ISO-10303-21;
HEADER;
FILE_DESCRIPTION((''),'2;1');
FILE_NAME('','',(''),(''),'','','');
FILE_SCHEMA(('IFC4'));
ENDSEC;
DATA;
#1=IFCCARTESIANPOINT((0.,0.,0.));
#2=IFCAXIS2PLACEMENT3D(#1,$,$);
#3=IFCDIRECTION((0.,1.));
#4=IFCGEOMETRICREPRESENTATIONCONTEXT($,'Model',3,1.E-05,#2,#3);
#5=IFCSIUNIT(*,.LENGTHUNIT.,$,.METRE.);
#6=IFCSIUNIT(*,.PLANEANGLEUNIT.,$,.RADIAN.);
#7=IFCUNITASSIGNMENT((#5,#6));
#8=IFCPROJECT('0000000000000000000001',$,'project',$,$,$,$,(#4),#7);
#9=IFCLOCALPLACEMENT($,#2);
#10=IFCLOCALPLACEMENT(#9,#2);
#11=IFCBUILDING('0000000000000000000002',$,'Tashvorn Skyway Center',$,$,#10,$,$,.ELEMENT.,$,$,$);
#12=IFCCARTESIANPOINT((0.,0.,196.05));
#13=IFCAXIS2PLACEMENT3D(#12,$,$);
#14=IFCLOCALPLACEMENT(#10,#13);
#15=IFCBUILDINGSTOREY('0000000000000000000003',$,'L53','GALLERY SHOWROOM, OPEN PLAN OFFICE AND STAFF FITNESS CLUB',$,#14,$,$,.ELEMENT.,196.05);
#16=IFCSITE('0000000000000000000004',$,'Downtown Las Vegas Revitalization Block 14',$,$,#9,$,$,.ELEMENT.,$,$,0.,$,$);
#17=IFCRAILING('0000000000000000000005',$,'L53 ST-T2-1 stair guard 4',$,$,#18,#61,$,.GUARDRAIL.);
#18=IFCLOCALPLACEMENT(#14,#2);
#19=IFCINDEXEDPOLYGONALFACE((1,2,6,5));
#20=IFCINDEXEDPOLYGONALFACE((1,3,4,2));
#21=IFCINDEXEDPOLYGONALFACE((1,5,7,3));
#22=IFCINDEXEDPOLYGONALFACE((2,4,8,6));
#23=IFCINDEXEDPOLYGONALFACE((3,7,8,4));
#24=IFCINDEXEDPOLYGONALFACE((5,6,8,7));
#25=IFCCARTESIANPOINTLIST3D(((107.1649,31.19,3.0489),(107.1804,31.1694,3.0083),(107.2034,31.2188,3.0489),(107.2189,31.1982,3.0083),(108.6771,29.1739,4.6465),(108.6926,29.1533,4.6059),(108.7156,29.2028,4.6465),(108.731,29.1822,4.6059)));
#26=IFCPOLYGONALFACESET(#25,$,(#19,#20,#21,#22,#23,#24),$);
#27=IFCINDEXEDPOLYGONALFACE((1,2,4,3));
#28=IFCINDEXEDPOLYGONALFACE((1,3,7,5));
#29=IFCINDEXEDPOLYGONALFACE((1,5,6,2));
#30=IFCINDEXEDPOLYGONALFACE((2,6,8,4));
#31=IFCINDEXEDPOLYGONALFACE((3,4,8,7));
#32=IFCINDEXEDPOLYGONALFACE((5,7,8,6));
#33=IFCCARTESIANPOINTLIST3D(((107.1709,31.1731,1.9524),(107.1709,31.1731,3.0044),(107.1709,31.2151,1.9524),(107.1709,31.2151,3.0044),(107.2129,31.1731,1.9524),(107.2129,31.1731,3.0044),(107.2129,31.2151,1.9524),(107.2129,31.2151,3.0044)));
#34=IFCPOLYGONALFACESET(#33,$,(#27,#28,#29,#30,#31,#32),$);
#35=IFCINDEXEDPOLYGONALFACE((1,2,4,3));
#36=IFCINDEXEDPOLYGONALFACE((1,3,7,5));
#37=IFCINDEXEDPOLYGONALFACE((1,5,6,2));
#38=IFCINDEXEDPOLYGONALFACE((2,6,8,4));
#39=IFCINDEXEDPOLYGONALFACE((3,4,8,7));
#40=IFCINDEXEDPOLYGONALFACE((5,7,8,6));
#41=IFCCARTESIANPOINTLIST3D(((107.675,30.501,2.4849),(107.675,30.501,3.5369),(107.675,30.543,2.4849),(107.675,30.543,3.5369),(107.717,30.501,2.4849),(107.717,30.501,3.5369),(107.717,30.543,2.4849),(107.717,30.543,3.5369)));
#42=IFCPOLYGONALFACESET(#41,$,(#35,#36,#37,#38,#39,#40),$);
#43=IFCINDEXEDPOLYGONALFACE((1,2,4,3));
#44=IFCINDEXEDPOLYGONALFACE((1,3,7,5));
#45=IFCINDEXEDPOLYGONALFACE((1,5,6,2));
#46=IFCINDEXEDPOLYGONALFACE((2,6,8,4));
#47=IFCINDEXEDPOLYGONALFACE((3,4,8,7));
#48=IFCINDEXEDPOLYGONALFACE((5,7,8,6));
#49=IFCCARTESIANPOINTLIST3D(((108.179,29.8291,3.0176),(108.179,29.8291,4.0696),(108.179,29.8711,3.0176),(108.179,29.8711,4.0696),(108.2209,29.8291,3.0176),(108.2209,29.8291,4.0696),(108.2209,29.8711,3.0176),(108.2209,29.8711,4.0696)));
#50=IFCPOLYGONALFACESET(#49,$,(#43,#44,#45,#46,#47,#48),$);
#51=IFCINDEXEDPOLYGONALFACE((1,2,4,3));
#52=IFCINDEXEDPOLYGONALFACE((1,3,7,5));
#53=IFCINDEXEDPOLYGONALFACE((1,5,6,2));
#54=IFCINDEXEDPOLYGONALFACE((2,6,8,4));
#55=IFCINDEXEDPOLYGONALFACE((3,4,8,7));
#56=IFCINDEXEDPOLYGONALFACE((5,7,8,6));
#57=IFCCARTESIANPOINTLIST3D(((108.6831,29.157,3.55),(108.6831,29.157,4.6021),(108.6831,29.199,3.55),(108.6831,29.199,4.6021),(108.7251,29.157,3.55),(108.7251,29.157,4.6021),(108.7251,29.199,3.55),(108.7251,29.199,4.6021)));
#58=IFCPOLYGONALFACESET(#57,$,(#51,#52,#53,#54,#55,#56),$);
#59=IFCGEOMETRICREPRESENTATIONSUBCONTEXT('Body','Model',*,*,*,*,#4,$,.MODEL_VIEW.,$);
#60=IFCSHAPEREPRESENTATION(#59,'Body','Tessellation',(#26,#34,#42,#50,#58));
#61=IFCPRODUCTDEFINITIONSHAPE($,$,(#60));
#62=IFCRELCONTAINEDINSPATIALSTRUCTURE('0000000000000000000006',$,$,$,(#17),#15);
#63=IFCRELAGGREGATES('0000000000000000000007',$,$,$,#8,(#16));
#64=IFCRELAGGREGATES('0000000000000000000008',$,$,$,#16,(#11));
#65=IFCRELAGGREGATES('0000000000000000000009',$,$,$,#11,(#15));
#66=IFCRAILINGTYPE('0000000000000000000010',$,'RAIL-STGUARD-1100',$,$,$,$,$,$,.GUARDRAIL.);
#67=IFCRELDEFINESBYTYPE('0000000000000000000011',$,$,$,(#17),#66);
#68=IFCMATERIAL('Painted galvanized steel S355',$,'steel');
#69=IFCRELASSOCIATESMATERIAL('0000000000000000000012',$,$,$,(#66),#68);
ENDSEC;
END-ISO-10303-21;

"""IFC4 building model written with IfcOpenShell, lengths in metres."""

from ifc_helpers import new_model, si_unit, direction, frame, origin, origin_2d, place, context, subcontext, project, spatial, rectangle, extrude, material, type_object, element, save


model = new_model("IFC4")

# Units and contexts
model_context = context("Model", 3, precision=1e-05, world=origin(), true_north=direction((0.0, 1.0)))
body_context = subcontext(model_context, "Body", "Model", "MODEL_VIEW")
ifc_project = project(units=[si_unit("LENGTHUNIT", "METRE"), si_unit("PLANEANGLEUNIT", "RADIAN")], contexts=[model_context])

# Site, building, storey
site_placement = place(None, origin())
site = spatial("IfcSite", under=ifc_project, at=site_placement, Name="Downtown Las Vegas Revitalization Block 14", CompositionType="ELEMENT", RefElevation=0.0)
building_placement = place(site_placement, origin())
building = spatial("IfcBuilding", under=site, at=building_placement, Name="Tashvorn Skyway Center", CompositionType="ELEMENT")
storey_placement = place(building_placement, frame((0.0, 0.0, 196.05)))
storey = spatial("IfcBuildingStorey", under=building, at=storey_placement, Name="L53", Description="GALLERY SHOWROOM, OPEN PLAN OFFICE AND STAFF FITNESS CLUB", CompositionType="ELEMENT", Elevation=196.05)

# Railing
ifc_material_1 = material(Name="Painted galvanized steel S355", Category="steel")
railing_type_1 = type_object("IfcRailingType", Name="RAIL-STGUARD-1100", PredefinedType="GUARDRAIL", material=ifc_material_1)
railing_1_placement = place(storey_placement, frame((107.1919, 31.1941, 1.9524)))
element("IfcRailing", 1, at=railing_1_placement, inside=storey, type_object=railing_type_1, Name="L53 ST-T2-1 stair guard 4", PredefinedType="GUARDRAIL", context=body_context, shape_type="SweptSolid", body=[
    extrude(rectangle(XDim=0.0481, YDim=0.0481, at=origin_2d()), frame((0.0, 0.0, 1.0762), z_axis=(0.506779, -0.675651, 0.535416), x_axis=(0.799977, 0.600031, 0.0)), (0.0, 0.0, 1.0), 2.9839),
    extrude(rectangle(XDim=0.042, YDim=0.042, at=origin_2d()), origin(), (0.0, 0.0, 1.0), 1.052),
    extrude(rectangle(XDim=0.042, YDim=0.042, at=origin_2d()), frame((0.5042, -0.6721, 0.5325)), (0.0, 0.0, 1.0), 1.052),
    extrude(rectangle(XDim=0.042, YDim=0.042, at=origin_2d()), frame((1.0081, -1.344, 1.0652)), (0.0, 0.0, 1.0), 1.052),
    extrude(rectangle(XDim=0.042, YDim=0.042, at=origin_2d()), frame((1.5122, -2.0161, 1.5977)), (0.0, 0.0, 1.0), 1.052),
])

save(model, "model.ifc")
